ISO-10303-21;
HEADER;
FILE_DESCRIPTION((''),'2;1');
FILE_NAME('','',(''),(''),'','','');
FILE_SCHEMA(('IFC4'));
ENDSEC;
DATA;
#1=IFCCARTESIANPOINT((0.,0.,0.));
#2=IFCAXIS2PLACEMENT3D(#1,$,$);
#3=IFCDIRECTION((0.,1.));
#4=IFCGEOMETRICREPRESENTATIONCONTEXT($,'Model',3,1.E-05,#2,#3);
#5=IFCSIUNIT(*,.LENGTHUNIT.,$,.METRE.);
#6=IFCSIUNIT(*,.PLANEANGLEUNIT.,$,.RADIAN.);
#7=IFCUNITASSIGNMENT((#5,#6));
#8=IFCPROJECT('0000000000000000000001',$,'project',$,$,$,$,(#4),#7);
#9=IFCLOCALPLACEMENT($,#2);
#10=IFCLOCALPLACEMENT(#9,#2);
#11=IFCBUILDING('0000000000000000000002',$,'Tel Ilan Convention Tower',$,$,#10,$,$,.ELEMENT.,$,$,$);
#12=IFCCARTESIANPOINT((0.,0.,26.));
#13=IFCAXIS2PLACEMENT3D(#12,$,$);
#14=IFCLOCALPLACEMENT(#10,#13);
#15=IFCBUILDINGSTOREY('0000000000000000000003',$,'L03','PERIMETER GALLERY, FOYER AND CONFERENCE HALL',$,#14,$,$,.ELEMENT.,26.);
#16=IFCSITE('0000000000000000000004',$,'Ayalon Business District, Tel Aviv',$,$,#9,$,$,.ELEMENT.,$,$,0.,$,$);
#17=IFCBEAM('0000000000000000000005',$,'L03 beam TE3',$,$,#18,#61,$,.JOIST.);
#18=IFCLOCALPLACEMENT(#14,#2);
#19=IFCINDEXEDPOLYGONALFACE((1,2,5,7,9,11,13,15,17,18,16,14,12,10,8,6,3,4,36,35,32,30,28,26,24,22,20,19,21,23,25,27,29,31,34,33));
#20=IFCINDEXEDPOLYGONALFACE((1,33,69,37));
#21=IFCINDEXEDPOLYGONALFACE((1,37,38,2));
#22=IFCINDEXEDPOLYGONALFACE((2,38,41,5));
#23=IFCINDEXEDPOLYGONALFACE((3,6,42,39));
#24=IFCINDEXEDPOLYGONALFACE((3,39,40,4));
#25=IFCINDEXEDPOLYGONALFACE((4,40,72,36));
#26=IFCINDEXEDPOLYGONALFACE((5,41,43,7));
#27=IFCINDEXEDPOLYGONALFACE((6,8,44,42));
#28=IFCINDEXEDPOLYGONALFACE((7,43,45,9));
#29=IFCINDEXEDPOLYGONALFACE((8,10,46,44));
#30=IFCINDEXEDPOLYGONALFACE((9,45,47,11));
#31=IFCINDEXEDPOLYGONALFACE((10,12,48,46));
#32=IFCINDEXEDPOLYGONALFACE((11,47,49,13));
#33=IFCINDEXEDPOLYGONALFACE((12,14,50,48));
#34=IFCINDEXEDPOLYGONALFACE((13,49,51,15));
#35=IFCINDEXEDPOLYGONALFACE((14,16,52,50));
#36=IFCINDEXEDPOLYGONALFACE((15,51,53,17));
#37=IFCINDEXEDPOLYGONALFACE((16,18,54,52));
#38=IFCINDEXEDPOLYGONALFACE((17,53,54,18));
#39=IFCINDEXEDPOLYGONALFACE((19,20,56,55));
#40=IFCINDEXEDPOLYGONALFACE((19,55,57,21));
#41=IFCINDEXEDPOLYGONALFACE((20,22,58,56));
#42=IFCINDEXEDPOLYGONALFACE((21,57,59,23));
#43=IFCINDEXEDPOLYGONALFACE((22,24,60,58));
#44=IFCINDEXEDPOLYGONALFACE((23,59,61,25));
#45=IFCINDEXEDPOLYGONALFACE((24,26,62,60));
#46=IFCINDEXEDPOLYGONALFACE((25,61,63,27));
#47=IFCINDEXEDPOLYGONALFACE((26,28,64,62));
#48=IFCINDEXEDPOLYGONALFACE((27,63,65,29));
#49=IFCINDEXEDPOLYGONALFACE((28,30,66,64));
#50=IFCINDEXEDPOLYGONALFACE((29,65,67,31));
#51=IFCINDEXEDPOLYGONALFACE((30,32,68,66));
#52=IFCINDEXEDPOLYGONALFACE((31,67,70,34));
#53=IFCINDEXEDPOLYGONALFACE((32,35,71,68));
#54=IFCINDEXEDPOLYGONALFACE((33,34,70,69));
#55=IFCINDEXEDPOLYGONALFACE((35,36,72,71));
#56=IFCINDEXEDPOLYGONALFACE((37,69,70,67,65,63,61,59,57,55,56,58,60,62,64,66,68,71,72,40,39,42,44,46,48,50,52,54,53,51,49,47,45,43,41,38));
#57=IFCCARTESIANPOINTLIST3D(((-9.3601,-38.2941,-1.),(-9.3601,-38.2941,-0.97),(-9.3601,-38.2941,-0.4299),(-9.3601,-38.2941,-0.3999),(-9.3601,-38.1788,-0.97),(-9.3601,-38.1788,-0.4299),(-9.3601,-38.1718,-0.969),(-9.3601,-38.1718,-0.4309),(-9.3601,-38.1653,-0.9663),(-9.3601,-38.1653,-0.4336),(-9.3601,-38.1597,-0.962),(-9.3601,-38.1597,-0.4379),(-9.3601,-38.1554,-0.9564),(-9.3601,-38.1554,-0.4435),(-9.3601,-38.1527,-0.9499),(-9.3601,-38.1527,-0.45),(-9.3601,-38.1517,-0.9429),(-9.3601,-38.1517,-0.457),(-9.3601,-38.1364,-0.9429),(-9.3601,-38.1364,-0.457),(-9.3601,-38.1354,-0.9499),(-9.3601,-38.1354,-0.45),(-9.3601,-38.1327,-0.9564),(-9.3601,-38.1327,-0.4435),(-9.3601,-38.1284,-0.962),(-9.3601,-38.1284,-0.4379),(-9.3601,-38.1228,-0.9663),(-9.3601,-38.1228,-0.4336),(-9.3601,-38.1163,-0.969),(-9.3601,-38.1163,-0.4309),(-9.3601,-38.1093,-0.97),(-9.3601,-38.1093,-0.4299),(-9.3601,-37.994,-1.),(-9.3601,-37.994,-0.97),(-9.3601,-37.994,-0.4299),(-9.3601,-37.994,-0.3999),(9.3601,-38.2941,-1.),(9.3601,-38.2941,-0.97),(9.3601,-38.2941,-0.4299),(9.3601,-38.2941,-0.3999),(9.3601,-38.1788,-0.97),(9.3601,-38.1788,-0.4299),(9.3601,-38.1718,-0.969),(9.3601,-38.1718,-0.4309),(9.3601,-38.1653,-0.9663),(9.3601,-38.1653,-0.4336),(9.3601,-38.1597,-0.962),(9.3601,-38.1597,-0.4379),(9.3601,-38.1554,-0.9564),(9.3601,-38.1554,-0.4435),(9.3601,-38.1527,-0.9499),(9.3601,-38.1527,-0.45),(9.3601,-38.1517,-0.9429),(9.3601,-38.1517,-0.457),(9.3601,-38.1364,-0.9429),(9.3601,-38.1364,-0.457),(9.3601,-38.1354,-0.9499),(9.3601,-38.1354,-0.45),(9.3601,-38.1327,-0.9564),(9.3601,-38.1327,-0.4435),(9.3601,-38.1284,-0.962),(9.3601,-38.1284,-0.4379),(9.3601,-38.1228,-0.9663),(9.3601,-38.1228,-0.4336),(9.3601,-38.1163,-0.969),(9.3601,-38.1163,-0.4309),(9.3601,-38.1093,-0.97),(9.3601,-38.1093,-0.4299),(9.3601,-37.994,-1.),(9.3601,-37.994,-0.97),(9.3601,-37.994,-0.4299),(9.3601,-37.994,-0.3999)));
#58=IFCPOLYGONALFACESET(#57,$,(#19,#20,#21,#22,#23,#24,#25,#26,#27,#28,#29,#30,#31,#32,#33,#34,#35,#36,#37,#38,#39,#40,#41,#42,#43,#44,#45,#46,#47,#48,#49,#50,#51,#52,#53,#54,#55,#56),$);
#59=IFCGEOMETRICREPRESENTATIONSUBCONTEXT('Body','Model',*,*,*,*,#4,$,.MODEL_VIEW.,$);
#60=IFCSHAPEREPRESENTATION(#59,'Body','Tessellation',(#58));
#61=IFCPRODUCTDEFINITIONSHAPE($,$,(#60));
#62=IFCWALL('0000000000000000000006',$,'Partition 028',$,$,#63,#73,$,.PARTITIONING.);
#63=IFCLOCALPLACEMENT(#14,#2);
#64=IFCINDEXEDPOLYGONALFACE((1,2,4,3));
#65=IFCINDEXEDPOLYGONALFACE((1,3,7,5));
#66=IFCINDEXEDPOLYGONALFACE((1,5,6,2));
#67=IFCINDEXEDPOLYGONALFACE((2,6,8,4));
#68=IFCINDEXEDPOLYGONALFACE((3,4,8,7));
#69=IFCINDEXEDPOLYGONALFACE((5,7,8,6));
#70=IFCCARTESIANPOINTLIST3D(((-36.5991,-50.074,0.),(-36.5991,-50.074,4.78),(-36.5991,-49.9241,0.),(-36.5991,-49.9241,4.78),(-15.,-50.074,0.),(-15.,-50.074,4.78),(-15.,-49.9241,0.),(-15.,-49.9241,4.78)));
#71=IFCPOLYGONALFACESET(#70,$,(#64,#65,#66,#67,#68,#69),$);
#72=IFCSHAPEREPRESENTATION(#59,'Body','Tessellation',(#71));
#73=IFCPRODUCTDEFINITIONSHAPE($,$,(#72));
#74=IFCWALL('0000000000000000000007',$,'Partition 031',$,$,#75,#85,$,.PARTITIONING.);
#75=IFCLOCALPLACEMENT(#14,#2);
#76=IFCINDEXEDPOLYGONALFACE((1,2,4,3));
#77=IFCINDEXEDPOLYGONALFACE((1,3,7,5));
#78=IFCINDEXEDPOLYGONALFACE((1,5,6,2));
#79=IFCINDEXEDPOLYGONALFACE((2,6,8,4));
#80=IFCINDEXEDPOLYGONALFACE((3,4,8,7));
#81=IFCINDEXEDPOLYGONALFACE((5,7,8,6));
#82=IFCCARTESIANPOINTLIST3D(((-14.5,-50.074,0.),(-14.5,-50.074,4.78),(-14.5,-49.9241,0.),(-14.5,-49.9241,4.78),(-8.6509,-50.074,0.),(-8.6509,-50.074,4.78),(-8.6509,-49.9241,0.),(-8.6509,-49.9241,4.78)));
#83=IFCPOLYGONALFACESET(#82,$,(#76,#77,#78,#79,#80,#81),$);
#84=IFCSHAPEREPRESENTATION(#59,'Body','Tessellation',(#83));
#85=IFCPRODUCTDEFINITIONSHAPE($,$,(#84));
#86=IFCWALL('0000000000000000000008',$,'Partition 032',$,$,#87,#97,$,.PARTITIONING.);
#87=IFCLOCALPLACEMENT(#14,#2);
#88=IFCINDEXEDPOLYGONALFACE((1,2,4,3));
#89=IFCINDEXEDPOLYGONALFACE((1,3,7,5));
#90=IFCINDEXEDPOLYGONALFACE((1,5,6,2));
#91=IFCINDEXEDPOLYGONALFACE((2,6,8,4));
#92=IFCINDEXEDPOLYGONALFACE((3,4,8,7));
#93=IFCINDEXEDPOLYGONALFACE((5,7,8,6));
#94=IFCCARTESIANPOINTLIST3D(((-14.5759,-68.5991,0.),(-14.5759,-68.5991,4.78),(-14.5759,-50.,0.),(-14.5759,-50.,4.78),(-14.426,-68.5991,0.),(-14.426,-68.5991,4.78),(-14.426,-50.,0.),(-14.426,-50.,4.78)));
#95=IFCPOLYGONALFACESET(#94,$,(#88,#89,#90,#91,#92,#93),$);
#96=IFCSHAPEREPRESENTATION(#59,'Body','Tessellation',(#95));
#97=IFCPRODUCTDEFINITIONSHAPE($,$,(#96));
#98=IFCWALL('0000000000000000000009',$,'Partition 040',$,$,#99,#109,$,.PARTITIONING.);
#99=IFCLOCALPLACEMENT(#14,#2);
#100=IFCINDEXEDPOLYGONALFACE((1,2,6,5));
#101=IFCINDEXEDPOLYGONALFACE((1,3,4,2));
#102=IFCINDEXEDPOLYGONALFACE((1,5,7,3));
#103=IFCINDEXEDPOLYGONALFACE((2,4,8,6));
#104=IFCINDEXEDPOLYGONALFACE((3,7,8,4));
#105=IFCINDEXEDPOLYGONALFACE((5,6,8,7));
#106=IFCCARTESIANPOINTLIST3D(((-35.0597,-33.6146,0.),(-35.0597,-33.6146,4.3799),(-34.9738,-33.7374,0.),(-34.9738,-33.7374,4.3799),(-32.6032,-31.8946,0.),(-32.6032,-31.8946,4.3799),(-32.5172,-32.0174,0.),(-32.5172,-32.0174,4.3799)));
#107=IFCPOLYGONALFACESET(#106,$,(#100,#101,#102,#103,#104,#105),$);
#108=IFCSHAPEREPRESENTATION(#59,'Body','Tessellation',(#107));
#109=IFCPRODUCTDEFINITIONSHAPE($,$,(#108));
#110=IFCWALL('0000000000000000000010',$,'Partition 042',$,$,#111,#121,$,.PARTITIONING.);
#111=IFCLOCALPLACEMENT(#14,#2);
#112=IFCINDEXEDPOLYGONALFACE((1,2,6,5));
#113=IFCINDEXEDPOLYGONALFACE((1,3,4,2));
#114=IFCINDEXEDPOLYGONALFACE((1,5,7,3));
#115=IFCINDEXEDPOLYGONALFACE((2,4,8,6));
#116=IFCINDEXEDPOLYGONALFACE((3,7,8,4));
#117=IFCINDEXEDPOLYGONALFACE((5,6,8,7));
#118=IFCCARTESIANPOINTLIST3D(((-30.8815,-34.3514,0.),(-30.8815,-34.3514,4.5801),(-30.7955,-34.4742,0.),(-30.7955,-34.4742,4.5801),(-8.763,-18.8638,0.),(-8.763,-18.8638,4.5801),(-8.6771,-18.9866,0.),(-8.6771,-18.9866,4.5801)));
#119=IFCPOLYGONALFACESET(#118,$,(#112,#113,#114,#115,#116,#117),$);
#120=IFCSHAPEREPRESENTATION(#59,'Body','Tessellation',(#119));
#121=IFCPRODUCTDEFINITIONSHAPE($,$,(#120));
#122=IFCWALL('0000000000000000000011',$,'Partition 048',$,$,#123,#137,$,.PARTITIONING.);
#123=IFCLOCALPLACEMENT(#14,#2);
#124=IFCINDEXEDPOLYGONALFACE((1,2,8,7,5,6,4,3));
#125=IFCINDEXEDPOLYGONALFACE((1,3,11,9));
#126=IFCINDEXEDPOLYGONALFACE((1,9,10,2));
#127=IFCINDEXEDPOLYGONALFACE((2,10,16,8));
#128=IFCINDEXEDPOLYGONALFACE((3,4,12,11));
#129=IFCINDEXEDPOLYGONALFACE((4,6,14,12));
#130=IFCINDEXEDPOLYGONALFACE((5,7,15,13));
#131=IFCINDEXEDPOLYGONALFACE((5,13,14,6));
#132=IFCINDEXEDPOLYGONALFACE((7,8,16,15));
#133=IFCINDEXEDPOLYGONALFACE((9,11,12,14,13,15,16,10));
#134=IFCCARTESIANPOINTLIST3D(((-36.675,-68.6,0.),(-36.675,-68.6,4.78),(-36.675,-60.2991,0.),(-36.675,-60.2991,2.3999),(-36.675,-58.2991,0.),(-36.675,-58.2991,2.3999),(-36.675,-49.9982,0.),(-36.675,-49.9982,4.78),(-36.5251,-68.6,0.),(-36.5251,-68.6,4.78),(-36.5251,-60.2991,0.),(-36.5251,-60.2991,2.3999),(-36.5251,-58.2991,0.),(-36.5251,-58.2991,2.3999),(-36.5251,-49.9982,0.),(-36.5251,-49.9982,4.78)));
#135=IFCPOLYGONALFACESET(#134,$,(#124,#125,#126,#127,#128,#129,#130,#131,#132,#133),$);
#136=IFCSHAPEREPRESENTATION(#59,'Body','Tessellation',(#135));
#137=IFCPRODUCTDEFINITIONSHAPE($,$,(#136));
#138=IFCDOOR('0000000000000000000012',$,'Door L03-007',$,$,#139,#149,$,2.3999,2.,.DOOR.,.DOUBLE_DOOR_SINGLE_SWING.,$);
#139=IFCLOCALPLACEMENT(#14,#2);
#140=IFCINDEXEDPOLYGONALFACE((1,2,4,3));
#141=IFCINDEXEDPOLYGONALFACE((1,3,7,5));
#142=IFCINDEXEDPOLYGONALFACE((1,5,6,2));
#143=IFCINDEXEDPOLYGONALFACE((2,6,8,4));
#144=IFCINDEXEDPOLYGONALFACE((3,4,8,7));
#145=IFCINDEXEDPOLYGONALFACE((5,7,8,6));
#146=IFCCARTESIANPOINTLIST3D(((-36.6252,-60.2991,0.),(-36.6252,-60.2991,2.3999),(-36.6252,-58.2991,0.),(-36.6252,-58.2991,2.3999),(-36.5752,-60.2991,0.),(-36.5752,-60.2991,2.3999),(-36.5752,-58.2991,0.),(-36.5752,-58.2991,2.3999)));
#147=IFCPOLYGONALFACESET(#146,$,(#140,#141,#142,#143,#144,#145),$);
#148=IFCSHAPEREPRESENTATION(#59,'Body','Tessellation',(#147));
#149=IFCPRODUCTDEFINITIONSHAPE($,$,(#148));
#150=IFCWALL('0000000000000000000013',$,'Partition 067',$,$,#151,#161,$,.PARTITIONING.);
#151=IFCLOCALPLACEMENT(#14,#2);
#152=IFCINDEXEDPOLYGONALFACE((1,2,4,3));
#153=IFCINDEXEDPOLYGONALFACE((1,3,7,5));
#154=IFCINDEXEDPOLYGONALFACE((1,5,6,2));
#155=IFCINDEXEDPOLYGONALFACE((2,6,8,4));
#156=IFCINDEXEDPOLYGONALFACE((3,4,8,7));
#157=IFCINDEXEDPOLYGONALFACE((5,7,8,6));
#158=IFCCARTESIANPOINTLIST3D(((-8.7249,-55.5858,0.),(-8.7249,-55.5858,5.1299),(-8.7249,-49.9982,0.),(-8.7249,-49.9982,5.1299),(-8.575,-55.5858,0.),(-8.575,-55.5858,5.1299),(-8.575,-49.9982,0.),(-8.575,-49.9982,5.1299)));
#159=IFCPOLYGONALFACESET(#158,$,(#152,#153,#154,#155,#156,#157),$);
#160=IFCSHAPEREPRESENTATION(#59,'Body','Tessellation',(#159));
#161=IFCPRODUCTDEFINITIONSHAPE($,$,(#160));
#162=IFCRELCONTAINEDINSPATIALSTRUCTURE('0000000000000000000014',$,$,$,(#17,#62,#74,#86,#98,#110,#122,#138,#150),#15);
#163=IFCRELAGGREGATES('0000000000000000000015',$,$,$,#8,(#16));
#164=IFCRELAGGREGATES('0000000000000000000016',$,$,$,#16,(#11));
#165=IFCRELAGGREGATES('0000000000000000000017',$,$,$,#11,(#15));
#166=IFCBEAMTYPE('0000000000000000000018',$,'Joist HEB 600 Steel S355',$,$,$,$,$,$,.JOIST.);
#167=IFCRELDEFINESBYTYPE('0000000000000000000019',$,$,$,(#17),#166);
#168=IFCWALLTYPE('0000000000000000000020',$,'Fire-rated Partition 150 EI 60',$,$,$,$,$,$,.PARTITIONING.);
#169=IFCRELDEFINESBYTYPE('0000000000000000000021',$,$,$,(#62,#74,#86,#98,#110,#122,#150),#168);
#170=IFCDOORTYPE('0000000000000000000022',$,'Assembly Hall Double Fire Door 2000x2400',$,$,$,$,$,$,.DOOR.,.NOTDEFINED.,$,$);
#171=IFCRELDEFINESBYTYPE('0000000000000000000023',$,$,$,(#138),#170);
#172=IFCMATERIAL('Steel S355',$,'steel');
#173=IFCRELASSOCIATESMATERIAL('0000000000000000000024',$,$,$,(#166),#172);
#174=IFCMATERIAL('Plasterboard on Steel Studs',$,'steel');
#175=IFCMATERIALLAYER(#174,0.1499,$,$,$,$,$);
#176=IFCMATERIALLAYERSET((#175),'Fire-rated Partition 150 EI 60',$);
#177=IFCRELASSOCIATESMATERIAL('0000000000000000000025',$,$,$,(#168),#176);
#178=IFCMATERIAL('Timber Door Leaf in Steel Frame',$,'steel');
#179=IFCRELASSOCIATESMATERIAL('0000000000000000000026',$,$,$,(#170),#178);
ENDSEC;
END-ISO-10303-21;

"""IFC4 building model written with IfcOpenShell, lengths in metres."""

from ifc_helpers import new_model, si_unit, direction, frame, frame_2d, origin, origin_2d, place, context, subcontext, project, spatial, rectangle, i_section, extrude, material, layer, layer_set, material_profile, profile_set, type_object, element, fill, save


model = new_model("IFC4")

# Units and contexts
model_context = context("Model", 3, precision=1e-05, world=origin(), true_north=direction((0.0, 1.0)))
body_context = subcontext(model_context, "Body", "Model", "MODEL_VIEW")
ifc_project = project(units=[si_unit("LENGTHUNIT", "METRE"), si_unit("PLANEANGLEUNIT", "RADIAN")], contexts=[model_context])

# Site, building, storey
site_placement = place(None, origin())
site = spatial("IfcSite", under=ifc_project, at=site_placement, Name="Ayalon Business District, Tel Aviv", CompositionType="ELEMENT", RefElevation=0.0)
building_placement = place(site_placement, origin())
building = spatial("IfcBuilding", under=site, at=building_placement, Name="Tel Ilan Convention Tower", CompositionType="ELEMENT")
storey_placement = place(building_placement, frame((0.0, 0.0, 26.0)))
storey = spatial("IfcBuildingStorey", under=building, at=storey_placement, Name="L03", Description="PERIMETER GALLERY, FOYER AND CONFERENCE HALL", CompositionType="ELEMENT", Elevation=26.0)

# Beam
ifc_material_1 = material(Name="Steel S355", Category="steel")
ifc_material_profile_1 = material_profile(ifc_material_1, i_section(OverallWidth=0.3, OverallDepth=0.6001, WebThickness=0.0154, FlangeThickness=0.03, FilletRadius=0.0271, at=origin_2d()), Name="HEB 600")
ifc_profile_set_1 = profile_set([ifc_material_profile_1], Name="Steel S355")
beam_type_1 = type_object("IfcBeamType", Name="Joist HEB 600 Steel S355", PredefinedType="JOIST", material=ifc_profile_set_1)
for number, where, z_axis, x_axis, name in (
    (1, (-9.3601, -38.144, -0.7), (1.0, 0.0, 0.0), (0.0, 1.0, 0.0), "L03 beam TE3"),
):
    element("IfcBeam", number, at=place(storey_placement, frame(where, z_axis=z_axis, x_axis=x_axis)), inside=storey, type_object=beam_type_1, Name=name, PredefinedType="JOIST", context=body_context, shape_type="SweptSolid", body=[
        extrude(i_section(OverallWidth=0.3, OverallDepth=0.6001, WebThickness=0.0154, FlangeThickness=0.03, FilletRadius=0.0271, at=origin_2d()), origin(), (0.0, 0.0, 1.0), 18.7202),
    ])

# Walls
ifc_material_2 = material(Name="Plasterboard on Steel Studs", Category="steel")
ifc_layer_1 = layer(ifc_material_2, 0.1499)
ifc_layer_set_1 = layer_set([ifc_layer_1], Name="Fire-rated Partition 150 EI 60")
wall_type_1 = type_object("IfcWallType", Name="Fire-rated Partition 150 EI 60", PredefinedType="PARTITIONING", material=ifc_layer_set_1)
wall_1_placement = place(storey_placement, frame((-15.0, -49.999, 0.0), z_axis=(0.0, 0.0, 1.0), x_axis=(-1.0, 0.0, 0.0)))
element("IfcWall", 2, at=wall_1_placement, inside=storey, type_object=wall_type_1, Name="Partition 028", PredefinedType="PARTITIONING", context=body_context, shape_type="SweptSolid", body=[
    extrude(rectangle(XDim=21.5991, YDim=0.1499, at=frame_2d((10.7996, 0.0))), origin(), (0.0, 0.0, 1.0), 4.78),
])
wall_2_placement = place(storey_placement, frame((-8.6509, -49.999, 0.0), z_axis=(0.0, 0.0, 1.0), x_axis=(-1.0, 0.0, 0.0)))
element("IfcWall", 3, at=wall_2_placement, inside=storey, type_object=wall_type_1, Name="Partition 031", PredefinedType="PARTITIONING", context=body_context, shape_type="SweptSolid", body=[
    extrude(rectangle(XDim=5.8491, YDim=0.1499, at=frame_2d((2.9246, 0.0))), origin(), (0.0, 0.0, 1.0), 4.78),
])
wall_3_placement = place(storey_placement, frame((-14.501, -50.0, 0.0), z_axis=(0.0, 0.0, 1.0), x_axis=(0.0, -1.0, 0.0)))
element("IfcWall", 4, at=wall_3_placement, inside=storey, type_object=wall_type_1, Name="Partition 032", PredefinedType="PARTITIONING", context=body_context, shape_type="SweptSolid", body=[
    extrude(rectangle(XDim=18.5991, YDim=0.1499, at=frame_2d((9.2996, 0.0))), origin(), (0.0, 0.0, 1.0), 4.78),
])
wall_4_placement = place(storey_placement, frame((-35.0168, -33.676, 0.0), z_axis=(0.0, 0.0, 1.0), x_axis=(0.819171, 0.57355, 0.0)))
element("IfcWall", 5, at=wall_4_placement, inside=storey, type_object=wall_type_1, Name="Partition 040", PredefinedType="PARTITIONING", context=body_context, shape_type="SweptSolid", body=[
    extrude(rectangle(XDim=2.9988, YDim=0.1499, at=frame_2d((1.4995, 0.0))), origin(), (0.0, 0.0, 1.0), 4.3799),
])
wall_5_placement = place(storey_placement, frame((-30.8386, -34.4128, 0.0), z_axis=(0.0, 0.0, 1.0), x_axis=(0.819151, 0.573578, 0.0)))
element("IfcWall", 6, at=wall_5_placement, inside=storey, type_object=wall_type_1, Name="Partition 042", PredefinedType="PARTITIONING", context=body_context, shape_type="SweptSolid", body=[
    extrude(rectangle(XDim=27.0017, YDim=0.1499, at=frame_2d((13.501, 0.0))), origin(), (0.0, 0.0, 1.0), 4.5801),
])

# Wall, opening, door
wall_6_placement = place(storey_placement, frame((-36.6001, -49.9983, 0.0), z_axis=(0.0, 0.0, 1.0), x_axis=(0.0, -1.0, 0.0)))
wall_6 = element("IfcWall", 7, at=wall_6_placement, inside=storey, type_object=wall_type_1, Name="Partition 048", PredefinedType="PARTITIONING", context=body_context, shape_type="SweptSolid", body=[
    extrude(rectangle(XDim=18.6018, YDim=0.1499, at=frame_2d((9.3008, 0.0))), origin(), (0.0, 0.0, 1.0), 4.78),
])
opening_1_placement = place(wall_6_placement, frame((8.3008, 0.0, 0.0)))
opening_1 = element("IfcOpeningElement", 8, at=opening_1_placement, cuts=wall_6, PredefinedType="OPENING", context=body_context, shape_type="SweptSolid", body=[
    extrude(rectangle(XDim=2.0, YDim=2.3999, at=frame_2d((1.0, 1.2))), frame((0.0, 0.085, 0.0), z_axis=(0.0, -1.0, 0.0), x_axis=(1.0, 0.0, 0.0)), (0.0, 0.0, 1.0), 0.1699),
])
ifc_material_3 = material(Name="Timber Door Leaf in Steel Frame", Category="steel")
door_type_1 = type_object("IfcDoorType", Name="Assembly Hall Double Fire Door 2000x2400", OperationType="NOTDEFINED", PredefinedType="DOOR", material=ifc_material_3)
door_1_placement = place(opening_1_placement, origin())
door_1 = element("IfcDoor", 9, at=door_1_placement, inside=storey, type_object=door_type_1, Name="Door L03-007", OperationType="DOUBLE_DOOR_SINGLE_SWING", OverallHeight=2.3999, OverallWidth=2.0, PredefinedType="DOOR", context=body_context, shape_type="SweptSolid", body=[
    extrude(rectangle(XDim=2.0, YDim=2.3999, at=frame_2d((1.0, 1.2))), frame((0.0, 0.0249, 0.0), z_axis=(0.0, -1.0, 0.0), x_axis=(1.0, 0.0, 0.0)), (0.0, 0.0, 1.0), 0.05),
])
fill(opening_1, door_1)

# Wall
wall_7_placement = place(storey_placement, frame((-8.6499, -55.5859, 0.0), z_axis=(0.0, 0.0, 1.0), x_axis=(0.0, 1.0, 0.0)))
element("IfcWall", 10, at=wall_7_placement, inside=storey, type_object=wall_type_1, Name="Partition 067", PredefinedType="PARTITIONING", context=body_context, shape_type="SweptSolid", body=[
    extrude(rectangle(XDim=5.5876, YDim=0.1499, at=frame_2d((2.7939, 0.0))), origin(), (0.0, 0.0, 1.0), 5.1299),
])

save(model, "model.ifc")
